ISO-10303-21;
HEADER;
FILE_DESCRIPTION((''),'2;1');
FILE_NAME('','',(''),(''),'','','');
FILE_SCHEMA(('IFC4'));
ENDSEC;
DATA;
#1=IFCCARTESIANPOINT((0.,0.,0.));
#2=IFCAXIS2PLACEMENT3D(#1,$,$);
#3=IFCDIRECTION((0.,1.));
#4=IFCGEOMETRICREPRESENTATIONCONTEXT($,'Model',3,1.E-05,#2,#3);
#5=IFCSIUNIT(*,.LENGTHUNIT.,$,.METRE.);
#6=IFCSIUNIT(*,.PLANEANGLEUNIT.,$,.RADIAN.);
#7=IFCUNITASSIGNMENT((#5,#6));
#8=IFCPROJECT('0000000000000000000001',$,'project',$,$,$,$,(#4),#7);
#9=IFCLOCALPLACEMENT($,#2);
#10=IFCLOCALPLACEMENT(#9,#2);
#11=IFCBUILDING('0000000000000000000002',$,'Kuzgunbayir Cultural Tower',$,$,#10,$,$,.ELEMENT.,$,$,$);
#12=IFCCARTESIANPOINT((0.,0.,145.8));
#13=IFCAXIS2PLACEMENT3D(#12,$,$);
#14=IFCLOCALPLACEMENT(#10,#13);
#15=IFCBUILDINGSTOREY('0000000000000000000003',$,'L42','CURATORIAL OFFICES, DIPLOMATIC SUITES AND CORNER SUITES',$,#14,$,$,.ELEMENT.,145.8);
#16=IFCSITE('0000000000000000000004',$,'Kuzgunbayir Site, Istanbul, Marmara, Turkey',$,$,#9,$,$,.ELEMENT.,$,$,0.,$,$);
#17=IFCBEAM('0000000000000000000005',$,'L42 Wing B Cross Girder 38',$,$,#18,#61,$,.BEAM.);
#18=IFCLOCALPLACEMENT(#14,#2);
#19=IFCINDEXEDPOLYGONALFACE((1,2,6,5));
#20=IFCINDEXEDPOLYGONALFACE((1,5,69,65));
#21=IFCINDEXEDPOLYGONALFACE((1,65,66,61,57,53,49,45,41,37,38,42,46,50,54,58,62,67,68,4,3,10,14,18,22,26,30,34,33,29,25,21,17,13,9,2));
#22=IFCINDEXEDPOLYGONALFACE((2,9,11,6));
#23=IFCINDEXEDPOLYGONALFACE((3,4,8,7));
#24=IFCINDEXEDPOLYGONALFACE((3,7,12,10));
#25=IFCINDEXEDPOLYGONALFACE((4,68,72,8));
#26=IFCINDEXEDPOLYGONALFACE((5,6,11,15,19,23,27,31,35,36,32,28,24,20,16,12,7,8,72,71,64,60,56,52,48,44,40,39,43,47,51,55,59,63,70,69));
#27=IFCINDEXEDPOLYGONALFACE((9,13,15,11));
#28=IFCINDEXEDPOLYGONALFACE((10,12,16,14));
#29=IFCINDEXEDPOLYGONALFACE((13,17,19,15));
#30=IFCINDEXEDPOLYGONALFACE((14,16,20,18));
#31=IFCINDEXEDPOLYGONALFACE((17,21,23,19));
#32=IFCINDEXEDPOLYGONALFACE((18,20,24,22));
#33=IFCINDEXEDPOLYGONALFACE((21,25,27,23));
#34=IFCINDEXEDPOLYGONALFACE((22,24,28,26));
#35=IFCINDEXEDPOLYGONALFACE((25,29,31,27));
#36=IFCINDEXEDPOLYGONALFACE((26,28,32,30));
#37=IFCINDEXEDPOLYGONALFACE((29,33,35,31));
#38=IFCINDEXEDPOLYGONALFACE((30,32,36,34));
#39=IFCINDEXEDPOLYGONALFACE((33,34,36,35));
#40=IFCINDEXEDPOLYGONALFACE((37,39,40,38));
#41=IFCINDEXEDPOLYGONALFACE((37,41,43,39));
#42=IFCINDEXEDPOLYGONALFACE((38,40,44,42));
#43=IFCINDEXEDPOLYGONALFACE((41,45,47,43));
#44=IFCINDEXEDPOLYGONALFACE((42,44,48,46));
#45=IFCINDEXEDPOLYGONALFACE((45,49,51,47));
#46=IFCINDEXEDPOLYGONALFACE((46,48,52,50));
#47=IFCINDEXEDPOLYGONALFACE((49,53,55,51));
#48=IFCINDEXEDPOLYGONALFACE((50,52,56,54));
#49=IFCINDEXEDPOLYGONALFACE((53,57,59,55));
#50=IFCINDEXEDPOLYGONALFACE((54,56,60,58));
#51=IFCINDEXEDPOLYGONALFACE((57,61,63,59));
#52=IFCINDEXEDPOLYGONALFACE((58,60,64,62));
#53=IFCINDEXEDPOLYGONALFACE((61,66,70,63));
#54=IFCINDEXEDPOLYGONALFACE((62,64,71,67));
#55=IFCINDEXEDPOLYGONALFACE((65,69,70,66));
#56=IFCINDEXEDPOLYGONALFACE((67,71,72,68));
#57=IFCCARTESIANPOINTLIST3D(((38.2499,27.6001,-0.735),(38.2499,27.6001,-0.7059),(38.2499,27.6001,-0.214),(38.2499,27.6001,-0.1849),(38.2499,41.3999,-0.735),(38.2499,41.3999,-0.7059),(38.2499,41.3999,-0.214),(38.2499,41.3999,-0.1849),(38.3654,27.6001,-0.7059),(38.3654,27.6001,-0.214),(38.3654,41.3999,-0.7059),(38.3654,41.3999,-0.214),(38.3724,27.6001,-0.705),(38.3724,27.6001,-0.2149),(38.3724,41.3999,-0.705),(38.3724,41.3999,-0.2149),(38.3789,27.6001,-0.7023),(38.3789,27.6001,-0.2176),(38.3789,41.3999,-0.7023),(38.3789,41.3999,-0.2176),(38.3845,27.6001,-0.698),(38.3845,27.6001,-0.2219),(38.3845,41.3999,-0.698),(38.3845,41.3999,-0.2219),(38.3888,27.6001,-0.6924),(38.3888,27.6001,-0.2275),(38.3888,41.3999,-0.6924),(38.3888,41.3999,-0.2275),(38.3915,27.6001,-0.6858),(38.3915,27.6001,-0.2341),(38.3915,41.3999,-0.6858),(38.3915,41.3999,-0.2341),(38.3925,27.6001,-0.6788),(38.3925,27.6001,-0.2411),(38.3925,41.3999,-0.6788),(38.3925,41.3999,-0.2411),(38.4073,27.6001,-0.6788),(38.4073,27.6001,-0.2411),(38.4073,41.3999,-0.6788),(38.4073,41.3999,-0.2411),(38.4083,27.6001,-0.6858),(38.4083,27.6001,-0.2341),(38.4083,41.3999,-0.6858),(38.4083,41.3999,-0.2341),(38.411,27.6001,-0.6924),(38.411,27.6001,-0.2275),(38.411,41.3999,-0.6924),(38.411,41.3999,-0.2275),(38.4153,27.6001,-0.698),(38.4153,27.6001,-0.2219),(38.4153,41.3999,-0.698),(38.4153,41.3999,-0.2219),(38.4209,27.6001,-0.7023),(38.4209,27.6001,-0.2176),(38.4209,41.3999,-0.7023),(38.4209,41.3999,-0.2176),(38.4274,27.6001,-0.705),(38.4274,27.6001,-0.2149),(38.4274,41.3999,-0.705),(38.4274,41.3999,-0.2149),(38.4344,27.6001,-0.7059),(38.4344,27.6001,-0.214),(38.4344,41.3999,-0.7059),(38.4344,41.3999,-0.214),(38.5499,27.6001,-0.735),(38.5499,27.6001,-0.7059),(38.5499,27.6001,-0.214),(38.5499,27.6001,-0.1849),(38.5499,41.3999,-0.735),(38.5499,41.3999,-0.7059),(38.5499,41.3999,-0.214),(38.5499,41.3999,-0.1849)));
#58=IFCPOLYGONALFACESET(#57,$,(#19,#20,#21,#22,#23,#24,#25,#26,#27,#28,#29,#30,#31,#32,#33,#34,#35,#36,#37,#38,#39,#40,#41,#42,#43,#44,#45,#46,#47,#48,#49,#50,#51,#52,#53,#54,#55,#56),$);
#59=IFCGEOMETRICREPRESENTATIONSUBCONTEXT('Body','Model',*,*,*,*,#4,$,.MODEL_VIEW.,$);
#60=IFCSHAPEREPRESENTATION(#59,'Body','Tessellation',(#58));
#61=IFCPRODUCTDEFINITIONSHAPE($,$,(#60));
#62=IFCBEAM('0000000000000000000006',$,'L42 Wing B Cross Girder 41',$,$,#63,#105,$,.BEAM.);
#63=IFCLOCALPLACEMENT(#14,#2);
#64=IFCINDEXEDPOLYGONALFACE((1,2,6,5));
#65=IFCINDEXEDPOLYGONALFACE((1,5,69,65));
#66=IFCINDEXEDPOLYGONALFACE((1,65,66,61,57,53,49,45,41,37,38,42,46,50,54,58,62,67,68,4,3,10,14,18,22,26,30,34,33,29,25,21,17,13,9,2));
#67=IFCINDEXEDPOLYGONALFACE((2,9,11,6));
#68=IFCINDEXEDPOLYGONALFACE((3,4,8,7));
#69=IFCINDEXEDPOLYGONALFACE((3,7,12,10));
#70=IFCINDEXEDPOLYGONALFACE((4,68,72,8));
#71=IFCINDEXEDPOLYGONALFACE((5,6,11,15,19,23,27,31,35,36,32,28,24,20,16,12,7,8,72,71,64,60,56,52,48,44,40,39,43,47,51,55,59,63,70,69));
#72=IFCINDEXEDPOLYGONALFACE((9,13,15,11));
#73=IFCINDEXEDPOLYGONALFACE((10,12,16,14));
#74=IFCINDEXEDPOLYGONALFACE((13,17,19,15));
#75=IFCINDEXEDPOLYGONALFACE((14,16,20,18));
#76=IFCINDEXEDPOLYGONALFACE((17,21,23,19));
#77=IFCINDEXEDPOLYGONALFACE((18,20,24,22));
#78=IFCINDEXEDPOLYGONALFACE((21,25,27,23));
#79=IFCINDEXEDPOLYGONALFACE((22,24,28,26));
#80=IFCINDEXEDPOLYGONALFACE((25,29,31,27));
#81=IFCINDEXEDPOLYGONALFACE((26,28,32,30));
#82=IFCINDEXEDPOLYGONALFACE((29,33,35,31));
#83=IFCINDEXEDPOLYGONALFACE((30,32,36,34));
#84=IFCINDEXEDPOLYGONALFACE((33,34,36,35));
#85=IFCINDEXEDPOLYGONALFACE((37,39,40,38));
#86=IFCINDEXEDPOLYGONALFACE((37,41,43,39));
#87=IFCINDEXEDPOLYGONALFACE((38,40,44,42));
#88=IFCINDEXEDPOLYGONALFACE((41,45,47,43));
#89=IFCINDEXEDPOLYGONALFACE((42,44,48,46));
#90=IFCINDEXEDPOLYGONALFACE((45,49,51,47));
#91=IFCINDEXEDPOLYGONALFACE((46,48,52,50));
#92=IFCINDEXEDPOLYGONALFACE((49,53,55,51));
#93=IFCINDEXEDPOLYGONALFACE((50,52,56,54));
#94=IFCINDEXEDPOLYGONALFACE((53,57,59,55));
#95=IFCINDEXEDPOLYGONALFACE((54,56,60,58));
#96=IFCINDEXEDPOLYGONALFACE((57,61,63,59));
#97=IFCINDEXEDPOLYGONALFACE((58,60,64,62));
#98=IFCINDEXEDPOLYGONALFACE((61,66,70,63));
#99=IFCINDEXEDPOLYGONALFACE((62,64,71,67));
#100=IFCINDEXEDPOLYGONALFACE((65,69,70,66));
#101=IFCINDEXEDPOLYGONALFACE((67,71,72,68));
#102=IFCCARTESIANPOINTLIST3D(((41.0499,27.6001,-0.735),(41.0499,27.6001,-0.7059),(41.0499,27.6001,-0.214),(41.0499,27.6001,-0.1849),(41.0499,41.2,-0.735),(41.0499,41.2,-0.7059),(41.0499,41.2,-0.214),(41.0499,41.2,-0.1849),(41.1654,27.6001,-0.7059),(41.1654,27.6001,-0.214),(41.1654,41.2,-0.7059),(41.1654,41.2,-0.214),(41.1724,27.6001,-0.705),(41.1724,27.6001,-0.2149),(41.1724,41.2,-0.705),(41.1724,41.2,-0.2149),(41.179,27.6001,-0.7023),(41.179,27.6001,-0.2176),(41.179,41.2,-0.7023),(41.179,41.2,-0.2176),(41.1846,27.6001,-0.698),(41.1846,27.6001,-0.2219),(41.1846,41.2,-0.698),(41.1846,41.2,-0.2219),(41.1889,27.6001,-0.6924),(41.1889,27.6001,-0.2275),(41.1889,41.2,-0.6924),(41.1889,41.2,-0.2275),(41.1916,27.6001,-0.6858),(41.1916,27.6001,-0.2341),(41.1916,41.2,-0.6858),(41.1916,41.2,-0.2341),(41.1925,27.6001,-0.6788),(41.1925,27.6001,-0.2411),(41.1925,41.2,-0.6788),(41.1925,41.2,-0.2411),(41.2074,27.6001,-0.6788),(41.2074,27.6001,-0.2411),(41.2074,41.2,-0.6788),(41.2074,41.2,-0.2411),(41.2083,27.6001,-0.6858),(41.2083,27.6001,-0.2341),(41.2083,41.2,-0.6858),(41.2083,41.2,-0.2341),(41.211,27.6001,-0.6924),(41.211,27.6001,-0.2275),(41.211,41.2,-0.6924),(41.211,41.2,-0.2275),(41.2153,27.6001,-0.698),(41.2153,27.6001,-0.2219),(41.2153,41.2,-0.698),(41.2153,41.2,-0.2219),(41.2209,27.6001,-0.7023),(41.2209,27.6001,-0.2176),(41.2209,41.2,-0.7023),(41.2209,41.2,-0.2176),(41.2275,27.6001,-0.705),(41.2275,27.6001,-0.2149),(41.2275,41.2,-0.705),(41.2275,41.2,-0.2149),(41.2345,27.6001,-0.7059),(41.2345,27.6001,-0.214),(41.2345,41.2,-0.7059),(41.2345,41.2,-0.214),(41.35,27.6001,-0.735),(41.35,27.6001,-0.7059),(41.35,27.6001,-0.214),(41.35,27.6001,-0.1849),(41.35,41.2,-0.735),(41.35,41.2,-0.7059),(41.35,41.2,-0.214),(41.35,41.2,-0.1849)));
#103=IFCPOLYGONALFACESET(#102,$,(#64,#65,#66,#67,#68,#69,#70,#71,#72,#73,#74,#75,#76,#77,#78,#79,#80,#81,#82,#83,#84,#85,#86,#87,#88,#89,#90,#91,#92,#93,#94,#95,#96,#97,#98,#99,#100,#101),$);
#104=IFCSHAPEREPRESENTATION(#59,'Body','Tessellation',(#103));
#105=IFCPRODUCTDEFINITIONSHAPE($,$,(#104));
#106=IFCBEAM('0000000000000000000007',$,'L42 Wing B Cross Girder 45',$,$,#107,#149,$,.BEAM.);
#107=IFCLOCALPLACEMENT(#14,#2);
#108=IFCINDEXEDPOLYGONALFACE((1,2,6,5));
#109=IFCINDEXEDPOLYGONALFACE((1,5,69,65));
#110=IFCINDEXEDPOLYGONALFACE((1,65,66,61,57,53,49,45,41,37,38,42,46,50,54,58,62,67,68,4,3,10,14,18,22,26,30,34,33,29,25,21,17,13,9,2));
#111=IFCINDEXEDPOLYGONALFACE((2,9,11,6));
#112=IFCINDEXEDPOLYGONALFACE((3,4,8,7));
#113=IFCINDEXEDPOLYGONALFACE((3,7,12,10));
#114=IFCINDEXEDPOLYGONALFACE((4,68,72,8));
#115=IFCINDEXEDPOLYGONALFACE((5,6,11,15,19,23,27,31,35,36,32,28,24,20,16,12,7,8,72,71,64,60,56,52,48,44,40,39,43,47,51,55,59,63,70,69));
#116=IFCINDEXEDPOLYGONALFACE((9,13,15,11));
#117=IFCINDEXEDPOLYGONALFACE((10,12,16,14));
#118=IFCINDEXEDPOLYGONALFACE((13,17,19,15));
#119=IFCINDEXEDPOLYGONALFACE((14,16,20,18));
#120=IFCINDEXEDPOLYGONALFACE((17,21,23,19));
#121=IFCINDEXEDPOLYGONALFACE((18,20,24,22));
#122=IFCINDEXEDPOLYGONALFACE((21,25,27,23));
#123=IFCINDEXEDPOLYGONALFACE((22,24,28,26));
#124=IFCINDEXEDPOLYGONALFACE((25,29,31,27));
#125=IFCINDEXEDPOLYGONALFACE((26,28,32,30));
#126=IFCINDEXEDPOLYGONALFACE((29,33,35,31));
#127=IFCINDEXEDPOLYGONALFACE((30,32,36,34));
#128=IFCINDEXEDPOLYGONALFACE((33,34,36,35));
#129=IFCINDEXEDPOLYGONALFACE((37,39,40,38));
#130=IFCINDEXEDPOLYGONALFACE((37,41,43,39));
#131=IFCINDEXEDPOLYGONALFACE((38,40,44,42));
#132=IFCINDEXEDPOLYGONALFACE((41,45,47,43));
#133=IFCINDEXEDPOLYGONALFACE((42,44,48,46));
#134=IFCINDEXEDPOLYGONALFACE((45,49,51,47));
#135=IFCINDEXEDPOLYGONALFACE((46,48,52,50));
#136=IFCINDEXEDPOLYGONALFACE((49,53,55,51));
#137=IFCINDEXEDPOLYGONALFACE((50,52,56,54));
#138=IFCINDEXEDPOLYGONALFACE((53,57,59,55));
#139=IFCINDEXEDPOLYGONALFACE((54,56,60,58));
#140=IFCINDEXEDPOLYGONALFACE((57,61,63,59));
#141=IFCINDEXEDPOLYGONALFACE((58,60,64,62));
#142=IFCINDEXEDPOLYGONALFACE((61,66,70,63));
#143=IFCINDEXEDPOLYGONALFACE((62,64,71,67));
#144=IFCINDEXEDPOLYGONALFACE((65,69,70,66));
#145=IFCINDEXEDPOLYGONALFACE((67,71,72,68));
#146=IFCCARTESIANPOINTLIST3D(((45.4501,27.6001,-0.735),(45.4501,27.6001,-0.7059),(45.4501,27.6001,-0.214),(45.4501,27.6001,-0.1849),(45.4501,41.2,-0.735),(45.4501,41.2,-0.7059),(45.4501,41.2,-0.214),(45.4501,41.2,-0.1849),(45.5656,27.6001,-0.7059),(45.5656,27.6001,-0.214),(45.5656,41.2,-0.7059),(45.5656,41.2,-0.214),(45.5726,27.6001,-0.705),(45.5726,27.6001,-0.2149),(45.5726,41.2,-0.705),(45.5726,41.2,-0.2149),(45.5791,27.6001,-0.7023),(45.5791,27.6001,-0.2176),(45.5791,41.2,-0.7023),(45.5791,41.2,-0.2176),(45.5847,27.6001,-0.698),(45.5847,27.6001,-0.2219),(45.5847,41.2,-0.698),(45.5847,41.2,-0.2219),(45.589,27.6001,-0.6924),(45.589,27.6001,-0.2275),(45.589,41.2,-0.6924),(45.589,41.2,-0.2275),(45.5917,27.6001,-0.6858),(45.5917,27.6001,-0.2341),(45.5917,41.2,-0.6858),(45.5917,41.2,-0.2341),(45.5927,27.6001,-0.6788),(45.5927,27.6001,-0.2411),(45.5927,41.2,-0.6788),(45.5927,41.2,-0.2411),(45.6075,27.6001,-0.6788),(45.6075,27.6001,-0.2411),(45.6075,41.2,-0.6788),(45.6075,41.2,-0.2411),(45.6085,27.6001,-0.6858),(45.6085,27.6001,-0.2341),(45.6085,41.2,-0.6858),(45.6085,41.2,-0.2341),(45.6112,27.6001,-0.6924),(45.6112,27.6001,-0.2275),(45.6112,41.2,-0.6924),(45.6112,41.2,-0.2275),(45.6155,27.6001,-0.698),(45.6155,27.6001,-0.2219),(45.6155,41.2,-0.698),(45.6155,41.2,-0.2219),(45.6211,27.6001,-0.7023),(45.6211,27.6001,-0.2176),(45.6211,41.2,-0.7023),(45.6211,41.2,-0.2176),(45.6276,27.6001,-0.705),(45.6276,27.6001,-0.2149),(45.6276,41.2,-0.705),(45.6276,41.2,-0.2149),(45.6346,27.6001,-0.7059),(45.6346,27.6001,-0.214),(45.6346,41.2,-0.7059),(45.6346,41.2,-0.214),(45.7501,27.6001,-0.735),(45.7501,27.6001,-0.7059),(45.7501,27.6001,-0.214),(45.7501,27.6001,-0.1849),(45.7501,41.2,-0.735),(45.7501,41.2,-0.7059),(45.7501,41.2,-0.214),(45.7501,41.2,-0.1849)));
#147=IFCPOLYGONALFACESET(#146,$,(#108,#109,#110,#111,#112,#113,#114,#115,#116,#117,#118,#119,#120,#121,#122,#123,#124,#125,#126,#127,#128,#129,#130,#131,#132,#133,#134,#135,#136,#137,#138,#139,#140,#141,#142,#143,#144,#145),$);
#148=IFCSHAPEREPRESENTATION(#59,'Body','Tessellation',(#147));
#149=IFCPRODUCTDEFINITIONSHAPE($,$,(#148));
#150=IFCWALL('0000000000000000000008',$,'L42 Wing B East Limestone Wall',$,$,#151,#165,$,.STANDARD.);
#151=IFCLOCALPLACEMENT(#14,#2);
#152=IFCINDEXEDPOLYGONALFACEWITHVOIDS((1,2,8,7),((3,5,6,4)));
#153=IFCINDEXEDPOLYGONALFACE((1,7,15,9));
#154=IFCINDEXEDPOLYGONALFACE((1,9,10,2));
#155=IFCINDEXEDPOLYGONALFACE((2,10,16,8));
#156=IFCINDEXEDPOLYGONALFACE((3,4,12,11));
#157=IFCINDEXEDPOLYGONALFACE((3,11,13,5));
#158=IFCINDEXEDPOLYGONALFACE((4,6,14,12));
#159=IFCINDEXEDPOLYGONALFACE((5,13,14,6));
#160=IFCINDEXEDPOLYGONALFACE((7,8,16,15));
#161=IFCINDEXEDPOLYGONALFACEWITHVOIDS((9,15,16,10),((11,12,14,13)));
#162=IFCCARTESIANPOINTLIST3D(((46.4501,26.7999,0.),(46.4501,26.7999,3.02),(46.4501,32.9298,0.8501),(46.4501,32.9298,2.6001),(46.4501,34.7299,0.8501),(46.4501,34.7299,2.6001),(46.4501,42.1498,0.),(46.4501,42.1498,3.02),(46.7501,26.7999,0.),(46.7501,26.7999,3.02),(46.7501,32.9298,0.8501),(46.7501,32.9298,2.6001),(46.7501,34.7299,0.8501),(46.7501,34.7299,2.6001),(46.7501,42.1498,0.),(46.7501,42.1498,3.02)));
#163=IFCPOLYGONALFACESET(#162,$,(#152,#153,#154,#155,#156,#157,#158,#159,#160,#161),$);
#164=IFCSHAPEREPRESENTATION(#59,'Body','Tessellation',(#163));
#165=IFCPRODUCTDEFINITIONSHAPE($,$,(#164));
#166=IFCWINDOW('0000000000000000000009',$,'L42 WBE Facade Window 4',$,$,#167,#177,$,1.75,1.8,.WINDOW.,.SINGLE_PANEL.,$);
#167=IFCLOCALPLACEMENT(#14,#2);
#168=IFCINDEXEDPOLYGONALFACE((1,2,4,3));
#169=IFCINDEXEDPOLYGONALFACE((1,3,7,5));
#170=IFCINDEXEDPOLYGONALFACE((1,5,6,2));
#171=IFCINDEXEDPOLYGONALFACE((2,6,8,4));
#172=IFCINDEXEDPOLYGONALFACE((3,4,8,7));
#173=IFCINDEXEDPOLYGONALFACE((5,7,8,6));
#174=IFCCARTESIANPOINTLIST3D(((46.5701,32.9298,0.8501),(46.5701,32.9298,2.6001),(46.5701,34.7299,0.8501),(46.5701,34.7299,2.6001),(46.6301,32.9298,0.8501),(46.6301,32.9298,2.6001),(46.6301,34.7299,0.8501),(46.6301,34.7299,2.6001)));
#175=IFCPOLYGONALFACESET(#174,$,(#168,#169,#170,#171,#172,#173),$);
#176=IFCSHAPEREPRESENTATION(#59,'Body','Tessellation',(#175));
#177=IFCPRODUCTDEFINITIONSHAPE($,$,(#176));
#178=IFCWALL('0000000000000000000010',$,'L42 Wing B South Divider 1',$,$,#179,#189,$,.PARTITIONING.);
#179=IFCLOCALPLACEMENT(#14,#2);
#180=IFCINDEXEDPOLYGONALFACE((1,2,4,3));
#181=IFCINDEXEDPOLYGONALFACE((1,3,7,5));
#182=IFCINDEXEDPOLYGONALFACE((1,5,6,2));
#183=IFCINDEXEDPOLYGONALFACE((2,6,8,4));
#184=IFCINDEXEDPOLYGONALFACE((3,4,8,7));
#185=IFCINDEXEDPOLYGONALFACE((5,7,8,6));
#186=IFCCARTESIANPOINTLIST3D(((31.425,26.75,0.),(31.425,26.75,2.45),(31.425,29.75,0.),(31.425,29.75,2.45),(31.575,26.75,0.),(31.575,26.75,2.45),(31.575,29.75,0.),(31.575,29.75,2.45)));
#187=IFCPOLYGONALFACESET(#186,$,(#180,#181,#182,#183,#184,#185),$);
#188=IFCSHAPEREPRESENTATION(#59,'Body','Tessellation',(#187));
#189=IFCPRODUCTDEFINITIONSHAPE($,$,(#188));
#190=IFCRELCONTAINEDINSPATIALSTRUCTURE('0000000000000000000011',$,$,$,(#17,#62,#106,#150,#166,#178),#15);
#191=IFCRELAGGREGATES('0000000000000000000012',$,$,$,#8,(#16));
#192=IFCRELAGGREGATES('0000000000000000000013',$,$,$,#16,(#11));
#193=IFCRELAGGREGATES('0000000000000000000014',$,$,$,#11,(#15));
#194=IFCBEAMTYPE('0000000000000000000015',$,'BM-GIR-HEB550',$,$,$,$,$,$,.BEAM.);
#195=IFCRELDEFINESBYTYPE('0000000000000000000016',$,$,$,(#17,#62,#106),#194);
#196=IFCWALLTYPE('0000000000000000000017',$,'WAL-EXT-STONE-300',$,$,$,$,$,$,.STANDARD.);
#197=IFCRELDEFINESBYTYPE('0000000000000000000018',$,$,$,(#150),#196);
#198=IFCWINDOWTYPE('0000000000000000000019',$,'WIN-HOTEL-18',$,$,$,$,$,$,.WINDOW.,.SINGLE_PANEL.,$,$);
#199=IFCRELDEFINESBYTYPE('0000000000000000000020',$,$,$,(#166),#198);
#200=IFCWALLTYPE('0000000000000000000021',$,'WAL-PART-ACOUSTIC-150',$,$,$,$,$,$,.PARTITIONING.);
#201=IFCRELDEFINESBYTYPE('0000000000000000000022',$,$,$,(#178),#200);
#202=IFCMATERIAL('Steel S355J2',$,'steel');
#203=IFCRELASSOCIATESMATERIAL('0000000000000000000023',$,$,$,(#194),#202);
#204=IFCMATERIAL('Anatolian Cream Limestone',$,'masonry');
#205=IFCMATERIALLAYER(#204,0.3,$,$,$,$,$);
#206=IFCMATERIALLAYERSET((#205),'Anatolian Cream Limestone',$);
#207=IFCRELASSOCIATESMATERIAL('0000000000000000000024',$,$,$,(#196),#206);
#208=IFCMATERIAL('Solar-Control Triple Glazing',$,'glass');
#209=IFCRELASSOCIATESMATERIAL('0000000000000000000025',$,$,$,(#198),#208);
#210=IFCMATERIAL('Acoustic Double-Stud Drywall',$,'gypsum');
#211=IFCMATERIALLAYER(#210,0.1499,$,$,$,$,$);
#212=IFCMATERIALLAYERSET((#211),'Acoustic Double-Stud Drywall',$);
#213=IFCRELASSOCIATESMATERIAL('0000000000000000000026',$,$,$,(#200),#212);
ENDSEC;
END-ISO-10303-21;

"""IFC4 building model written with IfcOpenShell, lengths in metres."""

from ifc_helpers import new_model, si_unit, direction, frame, frame_2d, origin, origin_2d, place, context, subcontext, project, spatial, rectangle, i_section, extrude, material, layer, layer_set, material_profile, profile_set, type_object, element, fill, save


model = new_model("IFC4")

# Units and contexts
model_context = context("Model", 3, precision=1e-05, world=origin(), true_north=direction((0.0, 1.0)))
body_context = subcontext(model_context, "Body", "Model", "MODEL_VIEW")
ifc_project = project(units=[si_unit("LENGTHUNIT", "METRE"), si_unit("PLANEANGLEUNIT", "RADIAN")], contexts=[model_context])

# Site, building, storey
site_placement = place(None, origin())
site = spatial("IfcSite", under=ifc_project, at=site_placement, Name="Kuzgunbayir Site, Istanbul, Marmara, Turkey", CompositionType="ELEMENT", RefElevation=0.0)
building_placement = place(site_placement, origin())
building = spatial("IfcBuilding", under=site, at=building_placement, Name="Kuzgunbayir Cultural Tower", CompositionType="ELEMENT")
storey_placement = place(building_placement, frame((0.0, 0.0, 145.8)))
storey = spatial("IfcBuildingStorey", under=building, at=storey_placement, Name="L42", Description="CURATORIAL OFFICES, DIPLOMATIC SUITES AND CORNER SUITES", CompositionType="ELEMENT", Elevation=145.8)

# Beams
ifc_material_1 = material(Name="Steel S355J2", Category="steel")
ifc_material_profile_1 = material_profile(ifc_material_1, i_section(OverallWidth=0.3, OverallDepth=0.55, WebThickness=0.0149, FlangeThickness=0.0291, FilletRadius=0.0271, at=origin_2d()), Name="HEB 550")
ifc_profile_set_1 = profile_set([ifc_material_profile_1], Name="Steel S355J2")
beam_type_1 = type_object("IfcBeamType", Name="BM-GIR-HEB550", PredefinedType="BEAM", material=ifc_profile_set_1)
beam_1_placement = place(storey_placement, frame((38.3999, 27.6001, -0.46), z_axis=(0.0, 1.0, 0.0), x_axis=(-1.0, 0.0, 0.0)))
element("IfcBeam", 1, at=beam_1_placement, inside=storey, type_object=beam_type_1, Name="L42 Wing B Cross Girder 38", PredefinedType="BEAM", context=body_context, shape_type="SweptSolid", body=[
    extrude(i_section(OverallWidth=0.3, OverallDepth=0.55, WebThickness=0.0149, FlangeThickness=0.0291, FilletRadius=0.0271, at=origin_2d()), origin(), (0.0, 0.0, 1.0), 13.7998),
])
for number, where, z_axis, x_axis, name in (
    (2, (41.2, 27.6001, -0.46), (0.0, 1.0, 0.0), (-1.0, 0.0, 0.0), "L42 Wing B Cross Girder 41"),
    (3, (45.6001, 27.6001, -0.46), (0.0, 1.0, 0.0), (-1.0, 0.0, 0.0), "L42 Wing B Cross Girder 45"),
):
    element("IfcBeam", number, at=place(storey_placement, frame(where, z_axis=z_axis, x_axis=x_axis)), inside=storey, type_object=beam_type_1, Name=name, PredefinedType="BEAM", context=body_context, shape_type="SweptSolid", body=[
        extrude(i_section(OverallWidth=0.3, OverallDepth=0.55, WebThickness=0.0149, FlangeThickness=0.0291, FilletRadius=0.0271, at=origin_2d()), origin(), (0.0, 0.0, 1.0), 13.5999),
    ])

# Wall, opening, window
ifc_material_2 = material(Name="Anatolian Cream Limestone", Category="masonry")
ifc_layer_1 = layer(ifc_material_2, 0.3)
ifc_layer_set_1 = layer_set([ifc_layer_1], Name="Anatolian Cream Limestone")
wall_type_1 = type_object("IfcWallType", Name="WAL-EXT-STONE-300", PredefinedType="STANDARD", material=ifc_layer_set_1)
wall_1_placement = place(storey_placement, frame((46.6001, 26.8, 0.0), z_axis=(0.0, 0.0, 1.0), x_axis=(0.0, 1.0, 0.0)))
wall_1 = element("IfcWall", 4, at=wall_1_placement, inside=storey, type_object=wall_type_1, Name="L42 Wing B East Limestone Wall", PredefinedType="STANDARD", context=body_context, shape_type="SweptSolid", body=[
    extrude(rectangle(XDim=15.3499, YDim=0.3, at=frame_2d((7.6748, 0.0))), origin(), (0.0, 0.0, 1.0), 3.02),
])
opening_1_placement = place(wall_1_placement, frame((6.1299, 0.0, 0.8501)))
opening_1 = element("IfcOpeningElement", 5, at=opening_1_placement, cuts=wall_1, PredefinedType="OPENING", context=body_context, shape_type="SweptSolid", body=[
    extrude(rectangle(XDim=1.8, YDim=1.75, at=frame_2d((0.8999, 0.875))), frame((0.0, 0.1602, 0.0), z_axis=(0.0, -1.0, 0.0), x_axis=(1.0, 0.0, 0.0)), (0.0, 0.0, 1.0), 0.3201),
])
ifc_material_3 = material(Name="Solar-Control Triple Glazing", Category="glass")
window_type = type_object("IfcWindowType", Name="WIN-HOTEL-18", PartitioningType="SINGLE_PANEL", PredefinedType="WINDOW", material=ifc_material_3)
window_placement = place(opening_1_placement, origin())
window = element("IfcWindow", 6, at=window_placement, inside=storey, type_object=window_type, Name="L42 WBE Facade Window 4", OverallHeight=1.75, OverallWidth=1.8, PartitioningType="SINGLE_PANEL", PredefinedType="WINDOW", context=body_context, shape_type="SweptSolid", body=[
    extrude(rectangle(XDim=1.8, YDim=1.75, at=frame_2d((0.8999, 0.875))), frame((0.0, 0.03, 0.0), z_axis=(0.0, -1.0, 0.0), x_axis=(1.0, 0.0, 0.0)), (0.0, 0.0, 1.0), 0.0601),
])
fill(opening_1, window)

# Wall
ifc_material_4 = material(Name="Acoustic Double-Stud Drywall", Category="gypsum")
ifc_layer_2 = layer(ifc_material_4, 0.1499)
ifc_layer_set_2 = layer_set([ifc_layer_2], Name="Acoustic Double-Stud Drywall")
wall_type_2 = type_object("IfcWallType", Name="WAL-PART-ACOUSTIC-150", PredefinedType="PARTITIONING", material=ifc_layer_set_2)
wall_2_placement = place(storey_placement, frame((31.5, 26.75, 0.0), z_axis=(0.0, 0.0, 1.0), x_axis=(0.0, 1.0, 0.0)))
element("IfcWall", 7, at=wall_2_placement, inside=storey, type_object=wall_type_2, Name="L42 Wing B South Divider 1", PredefinedType="PARTITIONING", context=body_context, shape_type="SweptSolid", body=[
    extrude(rectangle(XDim=3.0, YDim=0.1499, at=frame_2d((1.5, 0.0))), origin(), (0.0, 0.0, 1.0), 2.45),
])

save(model, "model.ifc")
